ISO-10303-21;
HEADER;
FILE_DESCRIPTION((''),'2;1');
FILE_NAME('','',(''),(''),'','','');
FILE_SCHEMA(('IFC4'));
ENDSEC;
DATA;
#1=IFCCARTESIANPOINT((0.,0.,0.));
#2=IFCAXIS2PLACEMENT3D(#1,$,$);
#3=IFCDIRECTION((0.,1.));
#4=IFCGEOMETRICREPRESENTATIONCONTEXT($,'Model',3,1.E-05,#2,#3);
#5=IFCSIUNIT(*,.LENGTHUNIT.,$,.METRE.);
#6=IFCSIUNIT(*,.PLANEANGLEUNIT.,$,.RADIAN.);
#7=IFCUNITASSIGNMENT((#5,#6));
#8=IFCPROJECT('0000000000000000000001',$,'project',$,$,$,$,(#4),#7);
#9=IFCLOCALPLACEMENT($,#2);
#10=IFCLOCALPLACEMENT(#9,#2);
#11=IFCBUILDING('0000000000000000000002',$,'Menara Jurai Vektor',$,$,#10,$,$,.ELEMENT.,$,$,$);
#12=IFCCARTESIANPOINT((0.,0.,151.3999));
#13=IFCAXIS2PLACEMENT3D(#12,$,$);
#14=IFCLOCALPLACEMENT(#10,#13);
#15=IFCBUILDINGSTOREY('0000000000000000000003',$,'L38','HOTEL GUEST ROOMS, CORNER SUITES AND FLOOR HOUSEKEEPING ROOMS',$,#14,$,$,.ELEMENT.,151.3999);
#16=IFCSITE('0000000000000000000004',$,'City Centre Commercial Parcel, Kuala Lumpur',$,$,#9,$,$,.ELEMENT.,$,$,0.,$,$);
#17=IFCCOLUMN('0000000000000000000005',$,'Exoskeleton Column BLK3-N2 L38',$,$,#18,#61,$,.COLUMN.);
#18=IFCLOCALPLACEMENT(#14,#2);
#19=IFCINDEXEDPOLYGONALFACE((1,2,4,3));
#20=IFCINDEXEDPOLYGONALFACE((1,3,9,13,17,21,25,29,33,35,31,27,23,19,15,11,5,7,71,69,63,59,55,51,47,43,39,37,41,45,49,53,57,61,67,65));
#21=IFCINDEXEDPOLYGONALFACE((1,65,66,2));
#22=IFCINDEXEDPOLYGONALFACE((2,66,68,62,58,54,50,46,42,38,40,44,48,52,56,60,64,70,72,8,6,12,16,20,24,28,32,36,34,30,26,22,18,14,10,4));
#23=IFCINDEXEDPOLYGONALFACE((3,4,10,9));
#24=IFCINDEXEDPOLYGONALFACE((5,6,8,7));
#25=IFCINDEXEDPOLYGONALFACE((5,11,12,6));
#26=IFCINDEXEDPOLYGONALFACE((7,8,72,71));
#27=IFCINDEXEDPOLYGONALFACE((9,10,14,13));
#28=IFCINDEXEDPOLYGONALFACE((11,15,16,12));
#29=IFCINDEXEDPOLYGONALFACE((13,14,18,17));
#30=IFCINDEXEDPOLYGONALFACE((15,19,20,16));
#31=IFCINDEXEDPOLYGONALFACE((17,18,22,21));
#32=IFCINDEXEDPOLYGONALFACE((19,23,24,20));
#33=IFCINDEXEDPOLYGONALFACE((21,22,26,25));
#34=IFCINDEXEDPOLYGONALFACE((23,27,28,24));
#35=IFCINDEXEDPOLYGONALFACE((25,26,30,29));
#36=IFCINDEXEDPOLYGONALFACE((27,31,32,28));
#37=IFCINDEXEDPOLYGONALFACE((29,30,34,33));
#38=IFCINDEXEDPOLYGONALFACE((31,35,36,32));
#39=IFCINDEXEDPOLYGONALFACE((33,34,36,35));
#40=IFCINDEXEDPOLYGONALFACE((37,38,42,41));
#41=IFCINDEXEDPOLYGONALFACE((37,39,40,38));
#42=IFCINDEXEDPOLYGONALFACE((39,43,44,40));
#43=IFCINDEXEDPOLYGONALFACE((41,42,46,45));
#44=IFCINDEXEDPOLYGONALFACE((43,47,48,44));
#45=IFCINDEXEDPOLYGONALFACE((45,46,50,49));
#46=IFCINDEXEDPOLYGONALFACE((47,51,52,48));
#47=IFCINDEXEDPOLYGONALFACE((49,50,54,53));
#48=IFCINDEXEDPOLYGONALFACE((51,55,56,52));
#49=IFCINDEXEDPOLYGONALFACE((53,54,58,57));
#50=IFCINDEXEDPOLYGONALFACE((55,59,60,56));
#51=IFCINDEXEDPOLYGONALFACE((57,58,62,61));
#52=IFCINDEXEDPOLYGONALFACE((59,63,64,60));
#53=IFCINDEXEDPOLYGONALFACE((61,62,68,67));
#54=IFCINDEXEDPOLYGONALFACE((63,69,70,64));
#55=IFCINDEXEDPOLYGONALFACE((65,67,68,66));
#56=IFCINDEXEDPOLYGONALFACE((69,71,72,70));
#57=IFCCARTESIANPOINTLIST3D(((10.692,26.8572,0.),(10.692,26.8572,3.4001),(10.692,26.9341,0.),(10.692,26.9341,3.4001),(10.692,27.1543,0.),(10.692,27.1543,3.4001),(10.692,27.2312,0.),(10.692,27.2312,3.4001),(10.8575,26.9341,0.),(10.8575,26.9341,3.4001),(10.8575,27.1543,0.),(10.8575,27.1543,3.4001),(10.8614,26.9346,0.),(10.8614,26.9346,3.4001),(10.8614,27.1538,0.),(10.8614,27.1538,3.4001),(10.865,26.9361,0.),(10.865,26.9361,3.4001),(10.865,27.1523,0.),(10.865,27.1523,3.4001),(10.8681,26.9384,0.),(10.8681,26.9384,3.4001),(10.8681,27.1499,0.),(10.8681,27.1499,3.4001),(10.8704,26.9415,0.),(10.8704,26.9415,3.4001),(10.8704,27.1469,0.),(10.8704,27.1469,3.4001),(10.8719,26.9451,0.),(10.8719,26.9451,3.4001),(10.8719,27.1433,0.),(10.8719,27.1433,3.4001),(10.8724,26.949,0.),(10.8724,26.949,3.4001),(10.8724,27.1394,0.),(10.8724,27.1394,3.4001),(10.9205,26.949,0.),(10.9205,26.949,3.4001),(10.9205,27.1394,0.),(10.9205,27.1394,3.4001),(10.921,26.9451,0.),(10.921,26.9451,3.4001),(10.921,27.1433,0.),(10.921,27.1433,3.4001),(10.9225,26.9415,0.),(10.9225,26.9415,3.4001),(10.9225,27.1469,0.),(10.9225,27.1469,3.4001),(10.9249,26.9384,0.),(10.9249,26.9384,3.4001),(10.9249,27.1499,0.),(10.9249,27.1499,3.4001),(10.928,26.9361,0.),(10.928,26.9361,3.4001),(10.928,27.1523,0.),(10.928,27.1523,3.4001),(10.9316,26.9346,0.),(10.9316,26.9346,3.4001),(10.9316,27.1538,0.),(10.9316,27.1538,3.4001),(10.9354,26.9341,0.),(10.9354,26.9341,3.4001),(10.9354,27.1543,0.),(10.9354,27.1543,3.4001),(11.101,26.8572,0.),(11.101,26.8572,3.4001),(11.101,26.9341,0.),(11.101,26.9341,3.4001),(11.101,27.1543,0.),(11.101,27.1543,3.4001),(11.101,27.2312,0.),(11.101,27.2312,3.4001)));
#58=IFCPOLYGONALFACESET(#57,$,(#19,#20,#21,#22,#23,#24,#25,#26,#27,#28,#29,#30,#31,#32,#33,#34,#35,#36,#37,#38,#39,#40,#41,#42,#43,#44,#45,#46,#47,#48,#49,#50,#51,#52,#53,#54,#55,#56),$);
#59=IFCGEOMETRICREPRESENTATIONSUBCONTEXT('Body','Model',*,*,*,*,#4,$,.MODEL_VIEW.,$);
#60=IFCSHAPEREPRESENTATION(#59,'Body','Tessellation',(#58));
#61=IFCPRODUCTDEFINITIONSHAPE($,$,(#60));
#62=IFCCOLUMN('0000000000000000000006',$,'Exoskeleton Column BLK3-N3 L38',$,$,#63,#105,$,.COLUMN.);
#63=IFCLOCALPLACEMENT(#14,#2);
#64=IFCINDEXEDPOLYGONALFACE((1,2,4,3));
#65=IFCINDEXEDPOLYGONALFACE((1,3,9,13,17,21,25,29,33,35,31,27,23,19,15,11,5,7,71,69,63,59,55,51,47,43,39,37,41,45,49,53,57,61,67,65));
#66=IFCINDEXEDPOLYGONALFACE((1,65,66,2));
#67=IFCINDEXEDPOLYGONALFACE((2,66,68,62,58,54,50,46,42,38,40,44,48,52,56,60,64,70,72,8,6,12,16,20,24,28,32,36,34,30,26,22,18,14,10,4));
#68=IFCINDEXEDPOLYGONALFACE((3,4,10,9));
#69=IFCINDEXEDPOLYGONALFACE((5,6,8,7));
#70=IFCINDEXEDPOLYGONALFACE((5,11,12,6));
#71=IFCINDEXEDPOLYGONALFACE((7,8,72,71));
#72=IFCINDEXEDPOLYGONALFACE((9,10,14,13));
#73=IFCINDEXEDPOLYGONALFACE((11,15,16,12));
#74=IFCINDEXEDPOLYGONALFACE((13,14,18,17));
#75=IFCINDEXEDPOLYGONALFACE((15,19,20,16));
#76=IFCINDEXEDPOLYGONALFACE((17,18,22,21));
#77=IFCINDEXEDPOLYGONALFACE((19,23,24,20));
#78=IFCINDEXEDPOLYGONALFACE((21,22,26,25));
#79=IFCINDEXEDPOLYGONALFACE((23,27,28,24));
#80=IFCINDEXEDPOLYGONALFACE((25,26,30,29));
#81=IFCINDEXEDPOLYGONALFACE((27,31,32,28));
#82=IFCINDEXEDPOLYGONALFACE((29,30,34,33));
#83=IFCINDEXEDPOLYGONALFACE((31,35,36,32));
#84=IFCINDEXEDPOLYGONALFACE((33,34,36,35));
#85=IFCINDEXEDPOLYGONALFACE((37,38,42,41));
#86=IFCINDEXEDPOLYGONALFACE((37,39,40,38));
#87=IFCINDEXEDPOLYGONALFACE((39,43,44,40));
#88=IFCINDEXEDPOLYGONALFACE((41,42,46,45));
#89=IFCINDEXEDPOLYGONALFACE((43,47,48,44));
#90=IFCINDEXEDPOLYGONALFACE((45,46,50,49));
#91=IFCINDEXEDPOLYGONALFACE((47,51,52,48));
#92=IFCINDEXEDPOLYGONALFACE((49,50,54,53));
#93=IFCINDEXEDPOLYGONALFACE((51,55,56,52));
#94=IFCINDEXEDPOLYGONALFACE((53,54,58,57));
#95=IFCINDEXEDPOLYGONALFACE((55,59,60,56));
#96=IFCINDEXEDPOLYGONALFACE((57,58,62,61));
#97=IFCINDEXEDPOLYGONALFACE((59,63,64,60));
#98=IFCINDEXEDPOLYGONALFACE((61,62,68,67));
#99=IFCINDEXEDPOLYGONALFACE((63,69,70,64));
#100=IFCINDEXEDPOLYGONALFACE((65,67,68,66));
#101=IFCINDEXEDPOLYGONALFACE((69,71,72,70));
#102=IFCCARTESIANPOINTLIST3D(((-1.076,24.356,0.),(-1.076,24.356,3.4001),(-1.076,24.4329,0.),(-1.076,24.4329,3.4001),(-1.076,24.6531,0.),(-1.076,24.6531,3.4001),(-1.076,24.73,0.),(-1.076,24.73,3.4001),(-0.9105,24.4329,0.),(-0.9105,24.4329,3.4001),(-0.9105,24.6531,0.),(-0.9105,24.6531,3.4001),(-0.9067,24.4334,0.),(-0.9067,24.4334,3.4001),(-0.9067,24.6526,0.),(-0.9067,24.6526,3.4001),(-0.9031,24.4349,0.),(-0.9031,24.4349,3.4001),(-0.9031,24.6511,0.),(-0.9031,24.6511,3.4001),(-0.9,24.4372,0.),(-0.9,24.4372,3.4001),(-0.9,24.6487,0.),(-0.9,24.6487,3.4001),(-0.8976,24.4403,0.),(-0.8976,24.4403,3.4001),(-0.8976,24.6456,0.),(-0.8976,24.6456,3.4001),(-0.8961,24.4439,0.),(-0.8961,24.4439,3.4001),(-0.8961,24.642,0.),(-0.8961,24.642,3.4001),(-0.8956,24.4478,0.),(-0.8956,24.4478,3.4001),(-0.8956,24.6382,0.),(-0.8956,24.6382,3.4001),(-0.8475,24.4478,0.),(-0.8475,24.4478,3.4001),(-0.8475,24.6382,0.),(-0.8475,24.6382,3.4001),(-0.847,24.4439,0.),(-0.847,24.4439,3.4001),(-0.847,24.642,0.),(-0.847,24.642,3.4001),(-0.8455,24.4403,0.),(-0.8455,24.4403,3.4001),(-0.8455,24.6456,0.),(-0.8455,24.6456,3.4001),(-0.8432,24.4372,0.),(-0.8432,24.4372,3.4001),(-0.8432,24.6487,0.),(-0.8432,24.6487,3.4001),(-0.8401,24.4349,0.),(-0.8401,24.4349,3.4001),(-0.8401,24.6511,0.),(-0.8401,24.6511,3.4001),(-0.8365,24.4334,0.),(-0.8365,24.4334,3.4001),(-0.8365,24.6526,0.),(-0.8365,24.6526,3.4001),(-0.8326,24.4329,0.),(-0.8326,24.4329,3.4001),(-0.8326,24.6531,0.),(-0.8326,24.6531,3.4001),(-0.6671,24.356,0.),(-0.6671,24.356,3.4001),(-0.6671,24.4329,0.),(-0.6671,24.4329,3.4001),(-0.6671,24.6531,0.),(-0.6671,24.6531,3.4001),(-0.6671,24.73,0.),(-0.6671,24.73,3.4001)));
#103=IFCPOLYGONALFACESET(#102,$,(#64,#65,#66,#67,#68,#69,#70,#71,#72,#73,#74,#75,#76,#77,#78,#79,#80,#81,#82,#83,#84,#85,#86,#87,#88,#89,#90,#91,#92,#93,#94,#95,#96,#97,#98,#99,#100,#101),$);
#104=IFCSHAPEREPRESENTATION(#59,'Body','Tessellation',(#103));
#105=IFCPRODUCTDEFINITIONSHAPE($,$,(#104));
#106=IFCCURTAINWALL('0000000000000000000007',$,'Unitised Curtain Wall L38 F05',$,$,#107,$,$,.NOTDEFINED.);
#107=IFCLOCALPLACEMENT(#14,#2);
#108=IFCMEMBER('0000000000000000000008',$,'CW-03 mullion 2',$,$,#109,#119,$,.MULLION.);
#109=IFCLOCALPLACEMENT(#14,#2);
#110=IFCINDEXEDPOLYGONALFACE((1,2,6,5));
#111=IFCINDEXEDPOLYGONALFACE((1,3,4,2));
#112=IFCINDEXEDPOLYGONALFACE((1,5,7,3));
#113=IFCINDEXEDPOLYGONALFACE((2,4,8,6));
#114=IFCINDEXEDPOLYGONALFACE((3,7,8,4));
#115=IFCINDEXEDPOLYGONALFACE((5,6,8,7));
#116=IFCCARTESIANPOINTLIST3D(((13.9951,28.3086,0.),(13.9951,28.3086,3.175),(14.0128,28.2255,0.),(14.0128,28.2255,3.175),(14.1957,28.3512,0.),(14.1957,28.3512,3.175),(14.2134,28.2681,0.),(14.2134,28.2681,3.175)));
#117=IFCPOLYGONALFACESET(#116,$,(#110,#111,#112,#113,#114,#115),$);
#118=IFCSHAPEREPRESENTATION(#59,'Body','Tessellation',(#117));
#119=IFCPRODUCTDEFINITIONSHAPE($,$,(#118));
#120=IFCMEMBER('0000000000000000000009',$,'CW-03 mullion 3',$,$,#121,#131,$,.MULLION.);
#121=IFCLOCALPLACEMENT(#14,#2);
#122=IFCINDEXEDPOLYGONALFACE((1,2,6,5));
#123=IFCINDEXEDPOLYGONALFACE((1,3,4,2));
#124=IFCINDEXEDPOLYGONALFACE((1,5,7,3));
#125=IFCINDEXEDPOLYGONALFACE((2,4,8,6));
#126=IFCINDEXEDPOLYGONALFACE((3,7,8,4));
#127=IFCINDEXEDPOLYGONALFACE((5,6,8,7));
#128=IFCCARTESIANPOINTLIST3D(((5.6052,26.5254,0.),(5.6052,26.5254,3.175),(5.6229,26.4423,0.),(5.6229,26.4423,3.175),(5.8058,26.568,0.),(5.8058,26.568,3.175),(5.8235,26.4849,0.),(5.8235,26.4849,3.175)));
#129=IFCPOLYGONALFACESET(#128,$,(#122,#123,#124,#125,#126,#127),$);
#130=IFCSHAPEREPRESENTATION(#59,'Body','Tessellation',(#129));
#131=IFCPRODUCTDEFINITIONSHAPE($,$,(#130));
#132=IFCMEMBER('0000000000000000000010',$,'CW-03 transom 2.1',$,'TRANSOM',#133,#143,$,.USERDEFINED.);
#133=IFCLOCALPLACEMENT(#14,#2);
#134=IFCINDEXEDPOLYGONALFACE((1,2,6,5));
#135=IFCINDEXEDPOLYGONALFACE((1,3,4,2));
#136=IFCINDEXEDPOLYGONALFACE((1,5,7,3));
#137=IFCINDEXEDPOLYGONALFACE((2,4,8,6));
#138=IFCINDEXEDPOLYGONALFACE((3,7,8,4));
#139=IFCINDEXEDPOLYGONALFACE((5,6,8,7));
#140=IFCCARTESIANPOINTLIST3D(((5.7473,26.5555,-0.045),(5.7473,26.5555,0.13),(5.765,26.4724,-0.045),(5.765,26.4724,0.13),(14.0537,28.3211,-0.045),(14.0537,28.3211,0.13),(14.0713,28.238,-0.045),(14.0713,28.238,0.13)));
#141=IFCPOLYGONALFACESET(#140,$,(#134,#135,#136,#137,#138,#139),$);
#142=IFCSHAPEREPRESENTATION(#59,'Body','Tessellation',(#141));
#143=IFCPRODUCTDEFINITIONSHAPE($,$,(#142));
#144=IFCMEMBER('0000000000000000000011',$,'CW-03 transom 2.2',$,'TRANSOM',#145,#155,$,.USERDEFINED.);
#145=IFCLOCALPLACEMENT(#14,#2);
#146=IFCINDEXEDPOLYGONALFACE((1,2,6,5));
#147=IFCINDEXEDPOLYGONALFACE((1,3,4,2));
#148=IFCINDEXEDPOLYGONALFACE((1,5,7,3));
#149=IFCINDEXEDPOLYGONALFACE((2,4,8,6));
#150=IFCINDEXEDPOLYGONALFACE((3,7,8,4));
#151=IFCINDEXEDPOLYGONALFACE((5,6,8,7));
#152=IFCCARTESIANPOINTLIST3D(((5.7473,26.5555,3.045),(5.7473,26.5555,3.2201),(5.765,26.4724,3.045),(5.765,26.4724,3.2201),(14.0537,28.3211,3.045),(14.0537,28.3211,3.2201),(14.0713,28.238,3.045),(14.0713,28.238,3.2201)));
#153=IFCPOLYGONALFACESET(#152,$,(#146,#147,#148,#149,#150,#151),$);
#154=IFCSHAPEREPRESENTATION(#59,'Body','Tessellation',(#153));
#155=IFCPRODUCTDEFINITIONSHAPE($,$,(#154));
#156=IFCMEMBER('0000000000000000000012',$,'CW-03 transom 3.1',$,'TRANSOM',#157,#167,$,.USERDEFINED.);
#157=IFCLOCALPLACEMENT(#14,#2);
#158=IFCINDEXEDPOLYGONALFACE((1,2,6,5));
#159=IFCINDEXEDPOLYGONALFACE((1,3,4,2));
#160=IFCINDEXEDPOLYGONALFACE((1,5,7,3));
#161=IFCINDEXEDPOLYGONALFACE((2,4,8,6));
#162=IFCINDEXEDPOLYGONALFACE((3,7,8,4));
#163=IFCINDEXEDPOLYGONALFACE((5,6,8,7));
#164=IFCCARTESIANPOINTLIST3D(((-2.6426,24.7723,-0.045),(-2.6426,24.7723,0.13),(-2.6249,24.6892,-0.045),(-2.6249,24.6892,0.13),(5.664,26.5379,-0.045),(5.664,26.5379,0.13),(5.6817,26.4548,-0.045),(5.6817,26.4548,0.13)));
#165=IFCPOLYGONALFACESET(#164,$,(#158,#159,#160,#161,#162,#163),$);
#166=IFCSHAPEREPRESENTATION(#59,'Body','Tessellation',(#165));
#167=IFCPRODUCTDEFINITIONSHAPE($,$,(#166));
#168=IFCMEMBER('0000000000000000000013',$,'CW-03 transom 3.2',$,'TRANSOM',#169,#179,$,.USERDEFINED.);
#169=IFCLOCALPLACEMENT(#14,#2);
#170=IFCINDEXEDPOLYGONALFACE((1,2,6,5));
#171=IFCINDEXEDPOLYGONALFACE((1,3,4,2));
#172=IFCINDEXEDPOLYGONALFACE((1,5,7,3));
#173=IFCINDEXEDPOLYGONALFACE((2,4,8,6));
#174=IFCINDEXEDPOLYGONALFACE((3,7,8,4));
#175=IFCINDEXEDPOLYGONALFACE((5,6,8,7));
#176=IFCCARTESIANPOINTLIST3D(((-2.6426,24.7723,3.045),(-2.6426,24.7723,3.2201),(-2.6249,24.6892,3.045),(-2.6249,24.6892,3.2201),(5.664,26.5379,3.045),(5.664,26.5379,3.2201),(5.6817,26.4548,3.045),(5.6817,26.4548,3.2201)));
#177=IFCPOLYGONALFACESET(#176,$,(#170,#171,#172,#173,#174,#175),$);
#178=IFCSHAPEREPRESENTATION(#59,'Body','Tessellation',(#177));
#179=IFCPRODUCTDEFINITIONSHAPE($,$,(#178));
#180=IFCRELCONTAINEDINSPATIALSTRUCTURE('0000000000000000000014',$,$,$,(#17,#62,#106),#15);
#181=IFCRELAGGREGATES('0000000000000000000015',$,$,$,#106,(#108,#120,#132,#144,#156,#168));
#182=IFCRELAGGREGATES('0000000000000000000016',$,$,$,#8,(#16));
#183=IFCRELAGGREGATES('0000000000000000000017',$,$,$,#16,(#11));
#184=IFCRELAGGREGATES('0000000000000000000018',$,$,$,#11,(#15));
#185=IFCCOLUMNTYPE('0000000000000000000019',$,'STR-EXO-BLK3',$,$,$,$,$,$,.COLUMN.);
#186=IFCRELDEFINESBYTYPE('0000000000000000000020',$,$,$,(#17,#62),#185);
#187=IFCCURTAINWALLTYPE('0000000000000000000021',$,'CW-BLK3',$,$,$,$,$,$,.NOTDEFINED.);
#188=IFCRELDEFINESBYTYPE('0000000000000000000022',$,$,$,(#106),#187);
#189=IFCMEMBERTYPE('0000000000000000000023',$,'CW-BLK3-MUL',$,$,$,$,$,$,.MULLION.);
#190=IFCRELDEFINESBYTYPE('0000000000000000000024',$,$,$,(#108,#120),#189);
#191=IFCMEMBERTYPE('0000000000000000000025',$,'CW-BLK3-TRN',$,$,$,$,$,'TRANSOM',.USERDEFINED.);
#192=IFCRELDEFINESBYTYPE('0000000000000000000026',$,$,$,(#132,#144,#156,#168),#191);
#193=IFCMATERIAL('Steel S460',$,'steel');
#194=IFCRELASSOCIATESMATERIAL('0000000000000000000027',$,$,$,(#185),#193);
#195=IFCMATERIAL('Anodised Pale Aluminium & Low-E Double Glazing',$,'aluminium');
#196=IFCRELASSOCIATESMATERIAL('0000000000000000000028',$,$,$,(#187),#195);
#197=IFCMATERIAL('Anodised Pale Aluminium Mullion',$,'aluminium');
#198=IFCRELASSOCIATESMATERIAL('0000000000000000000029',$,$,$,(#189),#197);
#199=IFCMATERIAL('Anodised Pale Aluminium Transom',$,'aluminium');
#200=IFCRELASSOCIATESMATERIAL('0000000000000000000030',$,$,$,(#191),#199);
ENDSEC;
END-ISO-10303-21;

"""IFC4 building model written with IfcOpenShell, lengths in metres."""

from ifc_helpers import new_model, si_unit, direction, frame, origin, origin_2d, place, context, subcontext, project, spatial, rectangle, i_section, extrude, material, material_profile, profile_set, type_object, element, aggregate, save


model = new_model("IFC4")

# Units and contexts
model_context = context("Model", 3, precision=1e-05, world=origin(), true_north=direction((0.0, 1.0)))
body_context = subcontext(model_context, "Body", "Model", "MODEL_VIEW")
ifc_project = project(units=[si_unit("LENGTHUNIT", "METRE"), si_unit("PLANEANGLEUNIT", "RADIAN")], contexts=[model_context])

# Site, building, storey
site_placement = place(None, origin())
site = spatial("IfcSite", under=ifc_project, at=site_placement, Name="City Centre Commercial Parcel, Kuala Lumpur", CompositionType="ELEMENT", RefElevation=0.0)
building_placement = place(site_placement, origin())
building = spatial("IfcBuilding", under=site, at=building_placement, Name="Menara Jurai Vektor", CompositionType="ELEMENT")
storey_placement = place(building_placement, frame((0.0, 0.0, 151.3999)))
storey = spatial("IfcBuildingStorey", under=building, at=storey_placement, Name="L38", Description="HOTEL GUEST ROOMS, CORNER SUITES AND FLOOR HOUSEKEEPING ROOMS", CompositionType="ELEMENT", Elevation=151.3999)

# Columns
ifc_material_1 = material(Name="Steel S460", Category="steel")
ifc_material_profile_1 = material_profile(ifc_material_1, i_section(OverallWidth=0.4089, OverallDepth=0.374, WebThickness=0.0481, FlangeThickness=0.0769, FilletRadius=0.0149, at=origin_2d()), Name="HD 400x634")
ifc_profile_set_1 = profile_set([ifc_material_profile_1], Name="Steel S460")
column_type = type_object("IfcColumnType", Name="STR-EXO-BLK3", PredefinedType="COLUMN", material=ifc_profile_set_1)
for number, where, z_axis, x_axis, name in (
    (1, (10.8965, 27.0442, 0.0), (0.0, 0.0, 1.0), (1.0, 0.0, 0.0), "Exoskeleton Column BLK3-N2 L38"),
    (2, (-0.8716, 24.543, 0.0), (0.0, 0.0, 1.0), (1.0, 0.0, 0.0), "Exoskeleton Column BLK3-N3 L38"),
):
    element("IfcColumn", number, at=place(storey_placement, frame(where, z_axis=z_axis, x_axis=x_axis)), inside=storey, type_object=column_type, Name=name, PredefinedType="COLUMN", context=body_context, shape_type="SweptSolid", body=[
        extrude(i_section(OverallWidth=0.4089, OverallDepth=0.374, WebThickness=0.0481, FlangeThickness=0.0769, FilletRadius=0.0149, at=origin_2d()), origin(), (0.0, 0.0, 1.0), 3.4001),
    ])

# Curtain wall, members
ifc_material_2 = material(Name="Anodised Pale Aluminium & Low-E Double Glazing", Category="aluminium")
curtain_wall_type = type_object("IfcCurtainWallType", Name="CW-BLK3", PredefinedType="NOTDEFINED", material=ifc_material_2)
curtain_wall_placement = place(storey_placement, origin())
curtain_wall = element("IfcCurtainWall", 3, at=curtain_wall_placement, inside=storey, type_object=curtain_wall_type, Name="Unitised Curtain Wall L38 F05", PredefinedType="NOTDEFINED")
ifc_material_3 = material(Name="Anodised Pale Aluminium Mullion", Category="aluminium")
ifc_material_profile_2 = material_profile(ifc_material_3, rectangle(XDim=0.085, YDim=0.2051, at=origin_2d()), Name="ALU MUL 85x205")
ifc_profile_set_2 = profile_set([ifc_material_profile_2], Name="Anodised Pale Aluminium Mullion")
member_type_1 = type_object("IfcMemberType", Name="CW-BLK3-MUL", PredefinedType="MULLION", material=ifc_profile_set_2)
member_1_placement = place(storey_placement, frame((14.1042, 28.2883, 0.0), z_axis=(0.0, 0.0, 1.0), x_axis=(0.207911, -0.978148, 0.0)))
member_1 = element("IfcMember", 4, at=member_1_placement, type_object=member_type_1, Name="CW-03 mullion 2", PredefinedType="MULLION", context=body_context, shape_type="SweptSolid", body=[
    extrude(rectangle(XDim=0.085, YDim=0.2051, at=origin_2d()), origin(), (0.0, 0.0, 1.0), 3.175),
])
member_2_placement = place(storey_placement, frame((5.7144, 26.5051, 0.0), z_axis=(0.0, 0.0, 1.0), x_axis=(0.207911, -0.978148, 0.0)))
member_2 = element("IfcMember", 5, at=member_2_placement, type_object=member_type_1, Name="CW-03 mullion 3", PredefinedType="MULLION", context=body_context, shape_type="SweptSolid", body=[
    extrude(rectangle(XDim=0.085, YDim=0.2051, at=origin_2d()), origin(), (0.0, 0.0, 1.0), 3.175),
])
ifc_material_4 = material(Name="Anodised Pale Aluminium Transom", Category="aluminium")
ifc_material_profile_3 = material_profile(ifc_material_4, rectangle(XDim=0.085, YDim=0.175, at=origin_2d()), Name="ALU TRN 85x175")
ifc_profile_set_3 = profile_set([ifc_material_profile_3], Name="Anodised Pale Aluminium Transom")
member_type_2 = type_object("IfcMemberType", Name="CW-BLK3-TRN", ElementType="TRANSOM", PredefinedType="USERDEFINED", material=ifc_profile_set_3)
member_3_placement = place(storey_placement, frame((14.0625, 28.2795, 0.0425), z_axis=(-0.978147, -0.207917, 0.0), x_axis=(0.207917, -0.978147, 0.0)))
member_3 = element("IfcMember", 6, at=member_3_placement, type_object=member_type_2, Name="CW-03 transom 2.1", ObjectType="TRANSOM", PredefinedType="USERDEFINED", context=body_context, shape_type="SweptSolid", body=[
    extrude(rectangle(XDim=0.085, YDim=0.175, at=origin_2d()), origin(), (0.0, 0.0, 1.0), 8.4919),
])
member_4_placement = place(storey_placement, frame((14.0625, 28.2795, 3.1326), z_axis=(-0.978147, -0.207917, 0.0), x_axis=(0.207917, -0.978147, 0.0)))
member_4 = element("IfcMember", 7, at=member_4_placement, type_object=member_type_2, Name="CW-03 transom 2.2", ObjectType="TRANSOM", PredefinedType="USERDEFINED", context=body_context, shape_type="SweptSolid", body=[
    extrude(rectangle(XDim=0.085, YDim=0.175, at=origin_2d()), origin(), (0.0, 0.0, 1.0), 8.4919),
])
member_5_placement = place(storey_placement, frame((5.6729, 26.4963, 0.0425), z_axis=(-0.978148, -0.207911, 0.0), x_axis=(0.207911, -0.978148, 0.0)))
member_5 = element("IfcMember", 8, at=member_5_placement, type_object=member_type_2, Name="CW-03 transom 3.1", ObjectType="TRANSOM", PredefinedType="USERDEFINED", context=body_context, shape_type="SweptSolid", body=[
    extrude(rectangle(XDim=0.085, YDim=0.175, at=origin_2d()), origin(), (0.0, 0.0, 1.0), 8.4922),
])
member_6_placement = place(storey_placement, frame((5.6729, 26.4963, 3.1326), z_axis=(-0.978148, -0.207911, 0.0), x_axis=(0.207911, -0.978148, 0.0)))
member_6 = element("IfcMember", 9, at=member_6_placement, type_object=member_type_2, Name="CW-03 transom 3.2", ObjectType="TRANSOM", PredefinedType="USERDEFINED", context=body_context, shape_type="SweptSolid", body=[
    extrude(rectangle(XDim=0.085, YDim=0.175, at=origin_2d()), origin(), (0.0, 0.0, 1.0), 8.4922),
])

aggregate(curtain_wall, [member_1, member_2, member_3, member_4, member_5, member_6])

save(model, "model.ifc")
